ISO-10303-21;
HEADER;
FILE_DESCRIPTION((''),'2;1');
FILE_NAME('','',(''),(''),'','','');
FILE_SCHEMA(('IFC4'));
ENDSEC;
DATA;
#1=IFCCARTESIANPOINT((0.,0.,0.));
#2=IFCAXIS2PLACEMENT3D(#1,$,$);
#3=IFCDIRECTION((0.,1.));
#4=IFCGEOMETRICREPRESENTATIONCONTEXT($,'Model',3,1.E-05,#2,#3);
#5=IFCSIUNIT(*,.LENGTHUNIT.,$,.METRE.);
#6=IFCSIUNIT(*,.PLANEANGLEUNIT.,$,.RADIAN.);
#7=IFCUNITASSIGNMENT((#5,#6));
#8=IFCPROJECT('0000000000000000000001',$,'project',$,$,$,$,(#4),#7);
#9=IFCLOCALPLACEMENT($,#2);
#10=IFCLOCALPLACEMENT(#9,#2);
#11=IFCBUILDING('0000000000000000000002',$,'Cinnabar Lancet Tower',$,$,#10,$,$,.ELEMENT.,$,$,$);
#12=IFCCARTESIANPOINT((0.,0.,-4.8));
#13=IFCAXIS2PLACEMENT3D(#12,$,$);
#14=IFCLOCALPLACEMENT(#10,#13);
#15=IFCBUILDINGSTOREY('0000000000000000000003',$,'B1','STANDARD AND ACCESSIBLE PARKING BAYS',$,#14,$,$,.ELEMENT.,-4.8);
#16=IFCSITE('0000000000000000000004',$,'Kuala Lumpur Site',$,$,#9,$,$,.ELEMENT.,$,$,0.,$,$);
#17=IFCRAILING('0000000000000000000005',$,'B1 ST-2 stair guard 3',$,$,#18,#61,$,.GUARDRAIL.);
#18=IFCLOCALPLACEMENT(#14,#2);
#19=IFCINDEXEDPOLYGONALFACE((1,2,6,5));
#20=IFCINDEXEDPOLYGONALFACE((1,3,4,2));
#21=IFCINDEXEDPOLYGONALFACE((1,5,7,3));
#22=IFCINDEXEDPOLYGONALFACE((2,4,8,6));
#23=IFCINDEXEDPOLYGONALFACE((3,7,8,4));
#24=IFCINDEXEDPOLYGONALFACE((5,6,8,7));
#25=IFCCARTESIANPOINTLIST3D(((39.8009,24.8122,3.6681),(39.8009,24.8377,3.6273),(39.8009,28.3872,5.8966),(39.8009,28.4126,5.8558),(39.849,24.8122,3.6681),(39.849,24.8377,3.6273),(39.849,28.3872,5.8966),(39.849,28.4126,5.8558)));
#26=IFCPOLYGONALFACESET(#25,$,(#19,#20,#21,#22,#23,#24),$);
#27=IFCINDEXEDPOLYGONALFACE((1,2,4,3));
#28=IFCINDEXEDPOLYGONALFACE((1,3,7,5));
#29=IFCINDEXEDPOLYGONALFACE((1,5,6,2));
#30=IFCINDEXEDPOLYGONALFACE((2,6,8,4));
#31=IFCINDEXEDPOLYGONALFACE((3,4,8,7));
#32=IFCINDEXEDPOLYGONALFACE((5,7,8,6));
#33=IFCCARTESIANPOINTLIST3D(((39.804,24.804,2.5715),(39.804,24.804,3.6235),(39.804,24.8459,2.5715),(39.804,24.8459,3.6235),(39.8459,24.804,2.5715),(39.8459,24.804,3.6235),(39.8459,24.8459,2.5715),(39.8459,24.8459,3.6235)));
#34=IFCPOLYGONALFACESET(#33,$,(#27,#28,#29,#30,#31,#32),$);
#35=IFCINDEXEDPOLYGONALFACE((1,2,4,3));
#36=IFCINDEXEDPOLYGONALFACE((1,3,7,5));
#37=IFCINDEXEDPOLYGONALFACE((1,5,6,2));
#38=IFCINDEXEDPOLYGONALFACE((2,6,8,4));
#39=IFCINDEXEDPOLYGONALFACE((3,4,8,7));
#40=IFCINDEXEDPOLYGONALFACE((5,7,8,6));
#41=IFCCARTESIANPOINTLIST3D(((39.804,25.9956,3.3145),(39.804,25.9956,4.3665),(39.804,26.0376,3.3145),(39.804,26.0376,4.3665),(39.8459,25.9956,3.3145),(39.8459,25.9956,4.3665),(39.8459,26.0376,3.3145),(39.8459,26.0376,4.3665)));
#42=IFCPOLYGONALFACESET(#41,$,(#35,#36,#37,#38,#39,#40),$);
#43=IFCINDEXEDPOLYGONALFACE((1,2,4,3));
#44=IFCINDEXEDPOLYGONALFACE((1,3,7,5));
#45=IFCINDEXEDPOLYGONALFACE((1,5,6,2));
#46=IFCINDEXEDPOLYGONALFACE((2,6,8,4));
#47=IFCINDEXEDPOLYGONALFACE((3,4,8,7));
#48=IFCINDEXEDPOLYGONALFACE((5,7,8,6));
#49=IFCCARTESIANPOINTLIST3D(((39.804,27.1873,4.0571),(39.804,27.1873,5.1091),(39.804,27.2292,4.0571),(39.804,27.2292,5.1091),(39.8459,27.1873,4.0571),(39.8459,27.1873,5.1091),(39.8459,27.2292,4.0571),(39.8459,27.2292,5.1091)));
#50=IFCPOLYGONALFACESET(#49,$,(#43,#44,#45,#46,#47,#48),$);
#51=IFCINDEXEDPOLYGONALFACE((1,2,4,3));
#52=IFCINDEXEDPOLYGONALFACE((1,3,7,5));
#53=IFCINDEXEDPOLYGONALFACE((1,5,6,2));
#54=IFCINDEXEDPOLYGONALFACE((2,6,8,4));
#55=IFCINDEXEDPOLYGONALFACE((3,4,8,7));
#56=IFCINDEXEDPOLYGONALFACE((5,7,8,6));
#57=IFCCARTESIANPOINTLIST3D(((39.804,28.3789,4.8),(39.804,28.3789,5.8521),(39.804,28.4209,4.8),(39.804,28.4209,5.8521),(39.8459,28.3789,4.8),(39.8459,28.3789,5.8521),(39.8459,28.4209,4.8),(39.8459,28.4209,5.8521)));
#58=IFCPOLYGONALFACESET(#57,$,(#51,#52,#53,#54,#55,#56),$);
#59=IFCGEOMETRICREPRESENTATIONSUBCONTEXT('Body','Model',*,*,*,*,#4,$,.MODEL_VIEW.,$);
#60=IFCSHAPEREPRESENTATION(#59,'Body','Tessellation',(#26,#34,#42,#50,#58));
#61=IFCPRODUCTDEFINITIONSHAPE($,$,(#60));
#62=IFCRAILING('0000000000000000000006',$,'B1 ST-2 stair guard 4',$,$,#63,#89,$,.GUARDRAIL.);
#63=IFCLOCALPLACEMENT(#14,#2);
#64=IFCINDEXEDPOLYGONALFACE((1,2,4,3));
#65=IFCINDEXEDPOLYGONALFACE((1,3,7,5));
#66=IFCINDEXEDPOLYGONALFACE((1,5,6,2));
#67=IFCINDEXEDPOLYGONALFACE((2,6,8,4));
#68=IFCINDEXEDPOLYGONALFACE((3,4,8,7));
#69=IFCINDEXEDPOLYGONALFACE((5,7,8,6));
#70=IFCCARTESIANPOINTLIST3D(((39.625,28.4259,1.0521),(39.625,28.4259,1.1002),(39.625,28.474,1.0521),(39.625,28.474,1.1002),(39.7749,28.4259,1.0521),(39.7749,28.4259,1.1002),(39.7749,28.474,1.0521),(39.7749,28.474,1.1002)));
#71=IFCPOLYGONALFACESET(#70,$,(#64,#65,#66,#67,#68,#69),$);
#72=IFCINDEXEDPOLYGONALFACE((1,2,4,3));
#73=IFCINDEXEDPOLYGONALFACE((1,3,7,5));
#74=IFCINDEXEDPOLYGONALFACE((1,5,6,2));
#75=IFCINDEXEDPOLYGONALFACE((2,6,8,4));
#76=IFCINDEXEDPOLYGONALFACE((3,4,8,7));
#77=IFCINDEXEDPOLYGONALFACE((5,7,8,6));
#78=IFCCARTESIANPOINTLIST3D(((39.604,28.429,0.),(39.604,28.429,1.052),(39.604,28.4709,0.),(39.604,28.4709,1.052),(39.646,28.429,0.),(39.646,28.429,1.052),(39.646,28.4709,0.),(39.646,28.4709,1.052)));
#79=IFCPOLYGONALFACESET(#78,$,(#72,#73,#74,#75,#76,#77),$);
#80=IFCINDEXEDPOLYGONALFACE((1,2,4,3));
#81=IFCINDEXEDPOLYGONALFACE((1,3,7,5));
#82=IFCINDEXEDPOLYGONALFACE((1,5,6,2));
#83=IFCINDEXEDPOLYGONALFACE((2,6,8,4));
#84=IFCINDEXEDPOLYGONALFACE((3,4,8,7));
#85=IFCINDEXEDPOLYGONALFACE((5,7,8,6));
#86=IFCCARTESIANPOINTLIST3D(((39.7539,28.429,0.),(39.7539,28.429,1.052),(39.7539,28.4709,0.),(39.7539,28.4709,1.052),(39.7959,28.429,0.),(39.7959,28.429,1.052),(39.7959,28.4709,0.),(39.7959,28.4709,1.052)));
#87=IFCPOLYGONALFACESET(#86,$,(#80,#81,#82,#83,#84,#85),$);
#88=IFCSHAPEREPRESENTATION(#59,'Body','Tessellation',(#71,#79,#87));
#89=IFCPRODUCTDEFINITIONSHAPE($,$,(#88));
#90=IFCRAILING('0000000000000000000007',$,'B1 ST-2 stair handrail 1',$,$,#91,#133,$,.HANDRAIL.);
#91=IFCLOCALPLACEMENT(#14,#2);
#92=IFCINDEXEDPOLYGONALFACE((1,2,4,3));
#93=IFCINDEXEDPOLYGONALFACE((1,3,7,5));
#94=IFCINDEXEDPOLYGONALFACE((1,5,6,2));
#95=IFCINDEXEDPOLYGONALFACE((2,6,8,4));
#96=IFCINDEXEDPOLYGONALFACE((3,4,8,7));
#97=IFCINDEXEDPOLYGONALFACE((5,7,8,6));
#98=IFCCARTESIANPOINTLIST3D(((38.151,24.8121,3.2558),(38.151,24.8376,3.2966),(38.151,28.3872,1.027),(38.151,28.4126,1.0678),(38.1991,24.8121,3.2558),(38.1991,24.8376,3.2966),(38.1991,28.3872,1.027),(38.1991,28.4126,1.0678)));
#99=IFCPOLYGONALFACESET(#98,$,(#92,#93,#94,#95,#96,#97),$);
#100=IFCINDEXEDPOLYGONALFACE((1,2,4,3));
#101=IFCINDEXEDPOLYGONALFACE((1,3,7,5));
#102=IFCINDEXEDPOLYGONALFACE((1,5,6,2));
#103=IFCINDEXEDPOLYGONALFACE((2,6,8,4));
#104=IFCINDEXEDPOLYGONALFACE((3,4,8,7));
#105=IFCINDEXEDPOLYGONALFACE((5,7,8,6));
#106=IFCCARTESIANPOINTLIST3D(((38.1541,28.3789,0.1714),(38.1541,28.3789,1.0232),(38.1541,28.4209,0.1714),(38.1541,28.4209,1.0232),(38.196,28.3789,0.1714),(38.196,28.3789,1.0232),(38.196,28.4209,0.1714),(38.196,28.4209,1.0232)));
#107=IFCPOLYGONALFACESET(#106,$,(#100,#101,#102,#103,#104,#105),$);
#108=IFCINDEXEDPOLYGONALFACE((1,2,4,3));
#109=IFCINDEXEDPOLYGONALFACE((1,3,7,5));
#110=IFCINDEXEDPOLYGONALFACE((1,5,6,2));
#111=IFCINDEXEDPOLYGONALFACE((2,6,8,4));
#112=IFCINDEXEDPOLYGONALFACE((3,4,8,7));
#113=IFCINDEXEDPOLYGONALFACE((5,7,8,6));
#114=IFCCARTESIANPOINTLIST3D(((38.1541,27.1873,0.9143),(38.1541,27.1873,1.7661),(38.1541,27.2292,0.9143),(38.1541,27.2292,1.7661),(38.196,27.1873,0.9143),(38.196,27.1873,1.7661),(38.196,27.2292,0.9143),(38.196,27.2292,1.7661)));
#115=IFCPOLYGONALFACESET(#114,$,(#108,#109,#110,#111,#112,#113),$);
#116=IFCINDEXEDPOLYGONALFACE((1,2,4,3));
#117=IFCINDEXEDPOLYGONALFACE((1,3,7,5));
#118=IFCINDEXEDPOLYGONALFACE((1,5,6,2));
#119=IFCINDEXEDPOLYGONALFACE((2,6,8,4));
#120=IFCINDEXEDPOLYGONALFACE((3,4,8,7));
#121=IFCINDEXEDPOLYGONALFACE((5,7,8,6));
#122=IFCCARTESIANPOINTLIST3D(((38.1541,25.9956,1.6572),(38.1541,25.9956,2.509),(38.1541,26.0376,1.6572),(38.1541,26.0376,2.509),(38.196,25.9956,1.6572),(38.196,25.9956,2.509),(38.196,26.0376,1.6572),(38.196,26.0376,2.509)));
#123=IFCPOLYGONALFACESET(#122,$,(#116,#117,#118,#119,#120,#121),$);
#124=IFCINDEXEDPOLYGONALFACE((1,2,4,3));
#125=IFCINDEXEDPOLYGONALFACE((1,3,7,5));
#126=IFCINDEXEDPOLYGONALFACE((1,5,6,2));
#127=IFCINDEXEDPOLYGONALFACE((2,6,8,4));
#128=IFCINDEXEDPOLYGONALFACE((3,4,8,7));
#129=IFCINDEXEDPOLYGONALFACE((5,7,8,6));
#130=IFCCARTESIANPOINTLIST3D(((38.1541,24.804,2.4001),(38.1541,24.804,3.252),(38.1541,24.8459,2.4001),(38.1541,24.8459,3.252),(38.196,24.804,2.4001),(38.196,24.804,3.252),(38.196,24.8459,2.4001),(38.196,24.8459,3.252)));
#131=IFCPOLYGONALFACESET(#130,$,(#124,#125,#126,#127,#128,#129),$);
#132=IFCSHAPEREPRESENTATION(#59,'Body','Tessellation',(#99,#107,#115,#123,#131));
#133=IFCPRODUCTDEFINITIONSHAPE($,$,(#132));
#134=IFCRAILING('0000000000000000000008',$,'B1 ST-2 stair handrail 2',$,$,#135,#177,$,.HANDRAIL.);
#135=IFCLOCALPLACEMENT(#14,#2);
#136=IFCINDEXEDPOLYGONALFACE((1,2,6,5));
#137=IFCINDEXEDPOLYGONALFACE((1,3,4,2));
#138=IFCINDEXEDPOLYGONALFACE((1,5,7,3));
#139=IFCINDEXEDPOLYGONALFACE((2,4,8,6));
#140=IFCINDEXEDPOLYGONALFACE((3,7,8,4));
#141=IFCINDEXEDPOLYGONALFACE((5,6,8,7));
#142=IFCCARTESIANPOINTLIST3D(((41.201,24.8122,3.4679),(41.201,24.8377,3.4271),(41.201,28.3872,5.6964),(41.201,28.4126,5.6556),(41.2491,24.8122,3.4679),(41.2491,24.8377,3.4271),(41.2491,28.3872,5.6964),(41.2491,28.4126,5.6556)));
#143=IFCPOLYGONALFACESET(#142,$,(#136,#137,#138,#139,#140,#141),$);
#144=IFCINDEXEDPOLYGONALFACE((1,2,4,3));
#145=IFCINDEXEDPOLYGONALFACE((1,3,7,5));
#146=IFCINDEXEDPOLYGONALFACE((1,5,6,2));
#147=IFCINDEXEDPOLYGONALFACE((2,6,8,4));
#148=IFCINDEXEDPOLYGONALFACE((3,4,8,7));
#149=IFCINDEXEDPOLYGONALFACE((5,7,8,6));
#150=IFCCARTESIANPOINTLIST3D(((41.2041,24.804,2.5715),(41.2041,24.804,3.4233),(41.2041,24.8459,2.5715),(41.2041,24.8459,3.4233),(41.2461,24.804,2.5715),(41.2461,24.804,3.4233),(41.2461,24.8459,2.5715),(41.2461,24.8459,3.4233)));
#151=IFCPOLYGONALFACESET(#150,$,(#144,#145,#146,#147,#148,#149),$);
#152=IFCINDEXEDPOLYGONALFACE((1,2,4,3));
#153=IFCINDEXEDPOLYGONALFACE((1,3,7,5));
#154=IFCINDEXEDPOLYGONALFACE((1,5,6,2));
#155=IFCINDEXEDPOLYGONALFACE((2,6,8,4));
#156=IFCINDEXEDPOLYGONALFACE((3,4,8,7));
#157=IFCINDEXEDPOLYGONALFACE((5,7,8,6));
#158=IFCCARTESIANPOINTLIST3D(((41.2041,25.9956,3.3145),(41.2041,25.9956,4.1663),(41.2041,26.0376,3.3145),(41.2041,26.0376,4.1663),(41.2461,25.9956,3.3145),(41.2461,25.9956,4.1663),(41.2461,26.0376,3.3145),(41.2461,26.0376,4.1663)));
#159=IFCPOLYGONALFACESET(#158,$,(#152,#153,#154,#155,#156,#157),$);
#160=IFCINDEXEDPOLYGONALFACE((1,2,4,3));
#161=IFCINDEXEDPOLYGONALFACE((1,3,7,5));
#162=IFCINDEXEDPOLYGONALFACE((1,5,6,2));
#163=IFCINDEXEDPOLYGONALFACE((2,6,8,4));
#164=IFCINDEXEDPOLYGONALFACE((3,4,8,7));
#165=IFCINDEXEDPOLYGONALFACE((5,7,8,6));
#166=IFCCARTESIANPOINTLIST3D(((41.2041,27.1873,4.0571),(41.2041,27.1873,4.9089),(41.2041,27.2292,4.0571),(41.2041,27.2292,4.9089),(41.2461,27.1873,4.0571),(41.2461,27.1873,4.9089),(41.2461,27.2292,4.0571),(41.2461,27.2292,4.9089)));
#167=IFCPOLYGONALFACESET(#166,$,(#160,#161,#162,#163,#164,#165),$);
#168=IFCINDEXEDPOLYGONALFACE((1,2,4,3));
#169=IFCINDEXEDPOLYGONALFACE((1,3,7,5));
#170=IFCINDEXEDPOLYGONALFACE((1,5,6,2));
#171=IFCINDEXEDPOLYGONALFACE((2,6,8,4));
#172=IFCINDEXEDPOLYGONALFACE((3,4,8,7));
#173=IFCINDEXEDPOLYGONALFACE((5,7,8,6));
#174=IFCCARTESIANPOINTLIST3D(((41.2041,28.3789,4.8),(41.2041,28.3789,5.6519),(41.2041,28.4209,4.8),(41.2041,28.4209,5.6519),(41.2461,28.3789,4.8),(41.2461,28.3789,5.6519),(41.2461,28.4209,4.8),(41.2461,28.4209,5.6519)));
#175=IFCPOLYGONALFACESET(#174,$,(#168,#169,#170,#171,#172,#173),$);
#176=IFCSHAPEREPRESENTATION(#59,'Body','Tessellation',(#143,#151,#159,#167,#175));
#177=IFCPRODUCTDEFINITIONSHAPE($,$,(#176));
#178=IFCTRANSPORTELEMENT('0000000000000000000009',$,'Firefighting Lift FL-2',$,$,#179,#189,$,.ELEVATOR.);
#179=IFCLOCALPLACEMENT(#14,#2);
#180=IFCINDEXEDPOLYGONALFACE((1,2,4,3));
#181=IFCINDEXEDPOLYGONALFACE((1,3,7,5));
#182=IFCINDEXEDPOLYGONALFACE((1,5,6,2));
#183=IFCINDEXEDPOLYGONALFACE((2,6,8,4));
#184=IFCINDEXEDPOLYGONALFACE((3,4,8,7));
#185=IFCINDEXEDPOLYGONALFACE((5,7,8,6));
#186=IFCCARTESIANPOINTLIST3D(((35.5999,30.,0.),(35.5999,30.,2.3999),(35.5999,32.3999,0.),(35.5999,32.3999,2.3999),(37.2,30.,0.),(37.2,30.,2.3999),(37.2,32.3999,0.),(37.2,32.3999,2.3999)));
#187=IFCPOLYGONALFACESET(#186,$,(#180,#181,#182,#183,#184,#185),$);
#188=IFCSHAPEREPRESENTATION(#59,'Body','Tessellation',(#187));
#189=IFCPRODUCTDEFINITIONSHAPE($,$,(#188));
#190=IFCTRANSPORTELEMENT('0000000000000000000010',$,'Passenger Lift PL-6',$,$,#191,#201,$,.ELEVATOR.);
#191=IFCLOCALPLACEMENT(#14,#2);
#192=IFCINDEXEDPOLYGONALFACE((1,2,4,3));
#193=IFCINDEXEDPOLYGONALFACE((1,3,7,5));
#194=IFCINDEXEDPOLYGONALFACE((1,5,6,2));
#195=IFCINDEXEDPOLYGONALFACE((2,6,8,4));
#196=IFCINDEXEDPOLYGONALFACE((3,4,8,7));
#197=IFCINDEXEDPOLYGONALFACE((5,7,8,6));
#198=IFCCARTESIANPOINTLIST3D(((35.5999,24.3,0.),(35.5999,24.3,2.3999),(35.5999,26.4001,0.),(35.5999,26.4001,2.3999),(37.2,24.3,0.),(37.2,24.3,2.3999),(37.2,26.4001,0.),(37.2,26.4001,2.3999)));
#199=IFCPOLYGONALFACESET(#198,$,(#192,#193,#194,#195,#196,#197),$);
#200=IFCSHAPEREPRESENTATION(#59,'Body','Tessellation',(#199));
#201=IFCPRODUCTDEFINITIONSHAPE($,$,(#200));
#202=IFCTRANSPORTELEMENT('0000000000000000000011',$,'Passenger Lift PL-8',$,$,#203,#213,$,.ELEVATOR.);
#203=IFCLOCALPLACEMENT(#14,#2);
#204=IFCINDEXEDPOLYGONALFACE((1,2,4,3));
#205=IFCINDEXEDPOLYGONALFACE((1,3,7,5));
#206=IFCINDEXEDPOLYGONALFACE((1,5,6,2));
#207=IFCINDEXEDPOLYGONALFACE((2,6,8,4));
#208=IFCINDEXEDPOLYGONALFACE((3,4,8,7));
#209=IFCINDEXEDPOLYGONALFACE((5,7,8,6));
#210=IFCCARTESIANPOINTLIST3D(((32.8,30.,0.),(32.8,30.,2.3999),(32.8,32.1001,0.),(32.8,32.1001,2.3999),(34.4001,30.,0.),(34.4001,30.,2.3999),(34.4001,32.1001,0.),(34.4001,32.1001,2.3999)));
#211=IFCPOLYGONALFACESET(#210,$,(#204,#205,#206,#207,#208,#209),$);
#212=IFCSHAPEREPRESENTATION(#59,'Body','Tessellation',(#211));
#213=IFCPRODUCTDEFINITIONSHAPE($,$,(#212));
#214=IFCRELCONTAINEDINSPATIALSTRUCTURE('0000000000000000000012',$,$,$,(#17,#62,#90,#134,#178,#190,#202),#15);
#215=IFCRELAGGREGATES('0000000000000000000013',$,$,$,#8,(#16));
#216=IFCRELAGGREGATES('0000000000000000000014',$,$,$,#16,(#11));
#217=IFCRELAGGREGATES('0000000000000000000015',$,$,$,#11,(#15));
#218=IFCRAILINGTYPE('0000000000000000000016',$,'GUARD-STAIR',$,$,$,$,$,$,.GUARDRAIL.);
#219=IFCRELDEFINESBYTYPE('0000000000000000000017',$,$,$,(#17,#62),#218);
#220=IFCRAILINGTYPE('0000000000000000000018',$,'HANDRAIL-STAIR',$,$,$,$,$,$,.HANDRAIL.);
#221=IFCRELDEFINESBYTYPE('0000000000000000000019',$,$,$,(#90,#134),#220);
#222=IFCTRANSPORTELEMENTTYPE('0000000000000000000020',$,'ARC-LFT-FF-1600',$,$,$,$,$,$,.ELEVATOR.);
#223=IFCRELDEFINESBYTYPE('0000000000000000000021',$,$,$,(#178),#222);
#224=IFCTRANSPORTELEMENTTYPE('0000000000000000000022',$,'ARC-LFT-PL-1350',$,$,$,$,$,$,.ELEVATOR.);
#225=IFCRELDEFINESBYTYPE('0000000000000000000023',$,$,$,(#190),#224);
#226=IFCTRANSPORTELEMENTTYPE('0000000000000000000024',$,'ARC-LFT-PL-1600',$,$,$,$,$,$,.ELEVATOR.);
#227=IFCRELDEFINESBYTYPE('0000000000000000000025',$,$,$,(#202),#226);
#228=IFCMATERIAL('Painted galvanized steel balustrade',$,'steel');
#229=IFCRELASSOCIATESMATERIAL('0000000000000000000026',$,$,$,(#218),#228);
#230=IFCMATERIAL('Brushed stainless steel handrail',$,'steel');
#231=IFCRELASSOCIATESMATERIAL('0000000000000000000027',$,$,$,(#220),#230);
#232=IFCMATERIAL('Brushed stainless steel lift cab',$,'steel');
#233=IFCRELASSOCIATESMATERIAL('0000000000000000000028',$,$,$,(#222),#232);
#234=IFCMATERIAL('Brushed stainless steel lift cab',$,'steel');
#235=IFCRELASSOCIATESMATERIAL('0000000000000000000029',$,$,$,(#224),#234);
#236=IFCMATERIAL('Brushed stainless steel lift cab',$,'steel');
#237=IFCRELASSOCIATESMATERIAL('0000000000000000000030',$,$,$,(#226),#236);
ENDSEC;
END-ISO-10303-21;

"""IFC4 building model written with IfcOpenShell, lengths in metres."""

from ifc_helpers import new_model, si_unit, direction, frame, origin, origin_2d, place, context, subcontext, project, spatial, rectangle, extrude, material, type_object, element, save


model = new_model("IFC4")

# Units and contexts
model_context = context("Model", 3, precision=1e-05, world=origin(), true_north=direction((0.0, 1.0)))
body_context = subcontext(model_context, "Body", "Model", "MODEL_VIEW")
ifc_project = project(units=[si_unit("LENGTHUNIT", "METRE"), si_unit("PLANEANGLEUNIT", "RADIAN")], contexts=[model_context])

# Site, building, storey
site_placement = place(None, origin())
site = spatial("IfcSite", under=ifc_project, at=site_placement, Name="Kuala Lumpur Site", CompositionType="ELEMENT", RefElevation=0.0)
building_placement = place(site_placement, origin())
building = spatial("IfcBuilding", under=site, at=building_placement, Name="Cinnabar Lancet Tower", CompositionType="ELEMENT")
storey_placement = place(building_placement, frame((0.0, 0.0, -4.8)))
storey = spatial("IfcBuildingStorey", under=building, at=storey_placement, Name="B1", Description="STANDARD AND ACCESSIBLE PARKING BAYS", CompositionType="ELEMENT", Elevation=-4.8)

# Railings
ifc_material_1 = material(Name="Painted galvanized steel balustrade", Category="steel")
railing_type_1 = type_object("IfcRailingType", Name="GUARD-STAIR", PredefinedType="GUARDRAIL", material=ifc_material_1)
railing_1_placement = place(storey_placement, frame((39.825, 24.825, 2.5715)))
element("IfcRailing", 1, at=railing_1_placement, inside=storey, type_object=railing_type_1, Name="B1 ST-2 stair guard 3", PredefinedType="GUARDRAIL", context=body_context, shape_type="SweptSolid", body=[
    extrude(rectangle(XDim=0.0481, YDim=0.0481, at=origin_2d()), frame((0.0, 0.0, 1.0762), z_axis=(0.0, 0.84862, 0.529004), x_axis=(-1.0, 0.0, 0.0)), (0.0, 0.0, 1.0), 4.2126),
    extrude(rectangle(XDim=0.042, YDim=0.042, at=origin_2d()), origin(), (0.0, 0.0, 1.0), 1.052),
    extrude(rectangle(XDim=0.042, YDim=0.042, at=origin_2d()), frame((0.0, 1.1917, 0.7429)), (0.0, 0.0, 1.0), 1.052),
    extrude(rectangle(XDim=0.042, YDim=0.042, at=origin_2d()), frame((0.0, 2.3833, 1.4856)), (0.0, 0.0, 1.0), 1.052),
    extrude(rectangle(XDim=0.042, YDim=0.042, at=origin_2d()), frame((0.0, 3.575, 2.2285)), (0.0, 0.0, 1.0), 1.052),
])
railing_2_placement = place(storey_placement, frame((39.625, 28.45, 0.0)))
element("IfcRailing", 2, at=railing_2_placement, inside=storey, type_object=railing_type_1, Name="B1 ST-2 stair guard 4", PredefinedType="GUARDRAIL", context=body_context, shape_type="SweptSolid", body=[
    extrude(rectangle(XDim=0.0481, YDim=0.0481, at=origin_2d()), frame((0.0, 0.0, 1.0762), z_axis=(1.0, 0.0, 0.0), x_axis=(0.0, 1.0, 0.0)), (0.0, 0.0, 1.0), 0.1499),
    extrude(rectangle(XDim=0.042, YDim=0.042, at=origin_2d()), origin(), (0.0, 0.0, 1.0), 1.052),
    extrude(rectangle(XDim=0.042, YDim=0.042, at=origin_2d()), frame((0.1499, 0.0, 0.0)), (0.0, 0.0, 1.0), 1.052),
])
ifc_material_2 = material(Name="Brushed stainless steel handrail", Category="steel")
railing_type_2 = type_object("IfcRailingType", Name="HANDRAIL-STAIR", PredefinedType="HANDRAIL", material=ifc_material_2)
railing_3_placement = place(storey_placement, frame((38.175, 28.3999, 0.1714)))
element("IfcRailing", 3, at=railing_3_placement, inside=storey, type_object=railing_type_2, Name="B1 ST-2 stair handrail 1", PredefinedType="HANDRAIL", context=body_context, shape_type="SweptSolid", body=[
    extrude(rectangle(XDim=0.0481, YDim=0.0481, at=origin_2d()), frame((0.0, 0.0, 0.876), z_axis=(0.0, -0.848594, 0.529045), x_axis=(1.0, 0.0, 0.0)), (0.0, 0.0, 1.0), 4.2129),
    extrude(rectangle(XDim=0.042, YDim=0.042, at=origin_2d()), origin(), (0.0, 0.0, 1.0), 0.8518),
    extrude(rectangle(XDim=0.042, YDim=0.042, at=origin_2d()), frame((0.0, -1.1917, 0.7429)), (0.0, 0.0, 1.0), 0.8518),
    extrude(rectangle(XDim=0.042, YDim=0.042, at=origin_2d()), frame((0.0, -2.3833, 1.4858)), (0.0, 0.0, 1.0), 0.8518),
    extrude(rectangle(XDim=0.042, YDim=0.042, at=origin_2d()), frame((0.0, -3.575, 2.2288)), (0.0, 0.0, 1.0), 0.8518),
])
railing_4_placement = place(storey_placement, frame((41.2251, 24.825, 2.5715)))
element("IfcRailing", 4, at=railing_4_placement, inside=storey, type_object=railing_type_2, Name="B1 ST-2 stair handrail 2", PredefinedType="HANDRAIL", context=body_context, shape_type="SweptSolid", body=[
    extrude(rectangle(XDim=0.0481, YDim=0.0481, at=origin_2d()), frame((0.0, 0.0, 0.876), z_axis=(0.0, 0.84862, 0.529004), x_axis=(-1.0, 0.0, 0.0)), (0.0, 0.0, 1.0), 4.2126),
    extrude(rectangle(XDim=0.042, YDim=0.042, at=origin_2d()), origin(), (0.0, 0.0, 1.0), 0.8518),
    extrude(rectangle(XDim=0.042, YDim=0.042, at=origin_2d()), frame((0.0, 1.1917, 0.7429)), (0.0, 0.0, 1.0), 0.8518),
    extrude(rectangle(XDim=0.042, YDim=0.042, at=origin_2d()), frame((0.0, 2.3833, 1.4856)), (0.0, 0.0, 1.0), 0.8518),
    extrude(rectangle(XDim=0.042, YDim=0.042, at=origin_2d()), frame((0.0, 3.575, 2.2285)), (0.0, 0.0, 1.0), 0.8518),
])

# Transport elements
ifc_material_3 = material(Name="Brushed stainless steel lift cab", Category="steel")
transport_element_type_1 = type_object("IfcTransportElementType", Name="ARC-LFT-FF-1600", PredefinedType="ELEVATOR", material=ifc_material_3)
transport_element_1_placement = place(storey_placement, frame((36.3999, 31.2, 0.0), z_axis=(0.0, 0.0, 1.0), x_axis=(1.0, 0.0, 0.0)))
element("IfcTransportElement", 5, at=transport_element_1_placement, inside=storey, type_object=transport_element_type_1, Name="Firefighting Lift FL-2", PredefinedType="ELEVATOR", context=body_context, shape_type="SweptSolid", body=[
    extrude(rectangle(XDim=1.6001, YDim=2.3999, at=origin_2d()), origin(), (0.0, 0.0, 1.0), 2.3999),
])
ifc_material_4 = material(Name="Brushed stainless steel lift cab", Category="steel")
transport_element_type_2 = type_object("IfcTransportElementType", Name="ARC-LFT-PL-1350", PredefinedType="ELEVATOR", material=ifc_material_4)
transport_element_2_placement = place(storey_placement, frame((36.3999, 25.3501, 0.0), z_axis=(0.0, 0.0, 1.0), x_axis=(1.0, 0.0, 0.0)))
element("IfcTransportElement", 6, at=transport_element_2_placement, inside=storey, type_object=transport_element_type_2, Name="Passenger Lift PL-6", PredefinedType="ELEVATOR", context=body_context, shape_type="SweptSolid", body=[
    extrude(rectangle(XDim=1.6001, YDim=2.1001, at=origin_2d()), origin(), (0.0, 0.0, 1.0), 2.3999),
])
ifc_material_5 = material(Name="Brushed stainless steel lift cab", Category="steel")
transport_element_type_3 = type_object("IfcTransportElementType", Name="ARC-LFT-PL-1600", PredefinedType="ELEVATOR", material=ifc_material_5)
for number, where, z_axis, x_axis, name in (
    (7, (33.6001, 31.05, 0.0), (0.0, 0.0, 1.0), (1.0, 0.0, 0.0), "Passenger Lift PL-8"),
):
    element("IfcTransportElement", number, at=place(storey_placement, frame(where, z_axis=z_axis, x_axis=x_axis)), inside=storey, type_object=transport_element_type_3, Name=name, PredefinedType="ELEVATOR", context=body_context, shape_type="SweptSolid", body=[
        extrude(rectangle(XDim=1.6001, YDim=2.1001, at=origin_2d()), origin(), (0.0, 0.0, 1.0), 2.3999),
    ])

save(model, "model.ifc")
